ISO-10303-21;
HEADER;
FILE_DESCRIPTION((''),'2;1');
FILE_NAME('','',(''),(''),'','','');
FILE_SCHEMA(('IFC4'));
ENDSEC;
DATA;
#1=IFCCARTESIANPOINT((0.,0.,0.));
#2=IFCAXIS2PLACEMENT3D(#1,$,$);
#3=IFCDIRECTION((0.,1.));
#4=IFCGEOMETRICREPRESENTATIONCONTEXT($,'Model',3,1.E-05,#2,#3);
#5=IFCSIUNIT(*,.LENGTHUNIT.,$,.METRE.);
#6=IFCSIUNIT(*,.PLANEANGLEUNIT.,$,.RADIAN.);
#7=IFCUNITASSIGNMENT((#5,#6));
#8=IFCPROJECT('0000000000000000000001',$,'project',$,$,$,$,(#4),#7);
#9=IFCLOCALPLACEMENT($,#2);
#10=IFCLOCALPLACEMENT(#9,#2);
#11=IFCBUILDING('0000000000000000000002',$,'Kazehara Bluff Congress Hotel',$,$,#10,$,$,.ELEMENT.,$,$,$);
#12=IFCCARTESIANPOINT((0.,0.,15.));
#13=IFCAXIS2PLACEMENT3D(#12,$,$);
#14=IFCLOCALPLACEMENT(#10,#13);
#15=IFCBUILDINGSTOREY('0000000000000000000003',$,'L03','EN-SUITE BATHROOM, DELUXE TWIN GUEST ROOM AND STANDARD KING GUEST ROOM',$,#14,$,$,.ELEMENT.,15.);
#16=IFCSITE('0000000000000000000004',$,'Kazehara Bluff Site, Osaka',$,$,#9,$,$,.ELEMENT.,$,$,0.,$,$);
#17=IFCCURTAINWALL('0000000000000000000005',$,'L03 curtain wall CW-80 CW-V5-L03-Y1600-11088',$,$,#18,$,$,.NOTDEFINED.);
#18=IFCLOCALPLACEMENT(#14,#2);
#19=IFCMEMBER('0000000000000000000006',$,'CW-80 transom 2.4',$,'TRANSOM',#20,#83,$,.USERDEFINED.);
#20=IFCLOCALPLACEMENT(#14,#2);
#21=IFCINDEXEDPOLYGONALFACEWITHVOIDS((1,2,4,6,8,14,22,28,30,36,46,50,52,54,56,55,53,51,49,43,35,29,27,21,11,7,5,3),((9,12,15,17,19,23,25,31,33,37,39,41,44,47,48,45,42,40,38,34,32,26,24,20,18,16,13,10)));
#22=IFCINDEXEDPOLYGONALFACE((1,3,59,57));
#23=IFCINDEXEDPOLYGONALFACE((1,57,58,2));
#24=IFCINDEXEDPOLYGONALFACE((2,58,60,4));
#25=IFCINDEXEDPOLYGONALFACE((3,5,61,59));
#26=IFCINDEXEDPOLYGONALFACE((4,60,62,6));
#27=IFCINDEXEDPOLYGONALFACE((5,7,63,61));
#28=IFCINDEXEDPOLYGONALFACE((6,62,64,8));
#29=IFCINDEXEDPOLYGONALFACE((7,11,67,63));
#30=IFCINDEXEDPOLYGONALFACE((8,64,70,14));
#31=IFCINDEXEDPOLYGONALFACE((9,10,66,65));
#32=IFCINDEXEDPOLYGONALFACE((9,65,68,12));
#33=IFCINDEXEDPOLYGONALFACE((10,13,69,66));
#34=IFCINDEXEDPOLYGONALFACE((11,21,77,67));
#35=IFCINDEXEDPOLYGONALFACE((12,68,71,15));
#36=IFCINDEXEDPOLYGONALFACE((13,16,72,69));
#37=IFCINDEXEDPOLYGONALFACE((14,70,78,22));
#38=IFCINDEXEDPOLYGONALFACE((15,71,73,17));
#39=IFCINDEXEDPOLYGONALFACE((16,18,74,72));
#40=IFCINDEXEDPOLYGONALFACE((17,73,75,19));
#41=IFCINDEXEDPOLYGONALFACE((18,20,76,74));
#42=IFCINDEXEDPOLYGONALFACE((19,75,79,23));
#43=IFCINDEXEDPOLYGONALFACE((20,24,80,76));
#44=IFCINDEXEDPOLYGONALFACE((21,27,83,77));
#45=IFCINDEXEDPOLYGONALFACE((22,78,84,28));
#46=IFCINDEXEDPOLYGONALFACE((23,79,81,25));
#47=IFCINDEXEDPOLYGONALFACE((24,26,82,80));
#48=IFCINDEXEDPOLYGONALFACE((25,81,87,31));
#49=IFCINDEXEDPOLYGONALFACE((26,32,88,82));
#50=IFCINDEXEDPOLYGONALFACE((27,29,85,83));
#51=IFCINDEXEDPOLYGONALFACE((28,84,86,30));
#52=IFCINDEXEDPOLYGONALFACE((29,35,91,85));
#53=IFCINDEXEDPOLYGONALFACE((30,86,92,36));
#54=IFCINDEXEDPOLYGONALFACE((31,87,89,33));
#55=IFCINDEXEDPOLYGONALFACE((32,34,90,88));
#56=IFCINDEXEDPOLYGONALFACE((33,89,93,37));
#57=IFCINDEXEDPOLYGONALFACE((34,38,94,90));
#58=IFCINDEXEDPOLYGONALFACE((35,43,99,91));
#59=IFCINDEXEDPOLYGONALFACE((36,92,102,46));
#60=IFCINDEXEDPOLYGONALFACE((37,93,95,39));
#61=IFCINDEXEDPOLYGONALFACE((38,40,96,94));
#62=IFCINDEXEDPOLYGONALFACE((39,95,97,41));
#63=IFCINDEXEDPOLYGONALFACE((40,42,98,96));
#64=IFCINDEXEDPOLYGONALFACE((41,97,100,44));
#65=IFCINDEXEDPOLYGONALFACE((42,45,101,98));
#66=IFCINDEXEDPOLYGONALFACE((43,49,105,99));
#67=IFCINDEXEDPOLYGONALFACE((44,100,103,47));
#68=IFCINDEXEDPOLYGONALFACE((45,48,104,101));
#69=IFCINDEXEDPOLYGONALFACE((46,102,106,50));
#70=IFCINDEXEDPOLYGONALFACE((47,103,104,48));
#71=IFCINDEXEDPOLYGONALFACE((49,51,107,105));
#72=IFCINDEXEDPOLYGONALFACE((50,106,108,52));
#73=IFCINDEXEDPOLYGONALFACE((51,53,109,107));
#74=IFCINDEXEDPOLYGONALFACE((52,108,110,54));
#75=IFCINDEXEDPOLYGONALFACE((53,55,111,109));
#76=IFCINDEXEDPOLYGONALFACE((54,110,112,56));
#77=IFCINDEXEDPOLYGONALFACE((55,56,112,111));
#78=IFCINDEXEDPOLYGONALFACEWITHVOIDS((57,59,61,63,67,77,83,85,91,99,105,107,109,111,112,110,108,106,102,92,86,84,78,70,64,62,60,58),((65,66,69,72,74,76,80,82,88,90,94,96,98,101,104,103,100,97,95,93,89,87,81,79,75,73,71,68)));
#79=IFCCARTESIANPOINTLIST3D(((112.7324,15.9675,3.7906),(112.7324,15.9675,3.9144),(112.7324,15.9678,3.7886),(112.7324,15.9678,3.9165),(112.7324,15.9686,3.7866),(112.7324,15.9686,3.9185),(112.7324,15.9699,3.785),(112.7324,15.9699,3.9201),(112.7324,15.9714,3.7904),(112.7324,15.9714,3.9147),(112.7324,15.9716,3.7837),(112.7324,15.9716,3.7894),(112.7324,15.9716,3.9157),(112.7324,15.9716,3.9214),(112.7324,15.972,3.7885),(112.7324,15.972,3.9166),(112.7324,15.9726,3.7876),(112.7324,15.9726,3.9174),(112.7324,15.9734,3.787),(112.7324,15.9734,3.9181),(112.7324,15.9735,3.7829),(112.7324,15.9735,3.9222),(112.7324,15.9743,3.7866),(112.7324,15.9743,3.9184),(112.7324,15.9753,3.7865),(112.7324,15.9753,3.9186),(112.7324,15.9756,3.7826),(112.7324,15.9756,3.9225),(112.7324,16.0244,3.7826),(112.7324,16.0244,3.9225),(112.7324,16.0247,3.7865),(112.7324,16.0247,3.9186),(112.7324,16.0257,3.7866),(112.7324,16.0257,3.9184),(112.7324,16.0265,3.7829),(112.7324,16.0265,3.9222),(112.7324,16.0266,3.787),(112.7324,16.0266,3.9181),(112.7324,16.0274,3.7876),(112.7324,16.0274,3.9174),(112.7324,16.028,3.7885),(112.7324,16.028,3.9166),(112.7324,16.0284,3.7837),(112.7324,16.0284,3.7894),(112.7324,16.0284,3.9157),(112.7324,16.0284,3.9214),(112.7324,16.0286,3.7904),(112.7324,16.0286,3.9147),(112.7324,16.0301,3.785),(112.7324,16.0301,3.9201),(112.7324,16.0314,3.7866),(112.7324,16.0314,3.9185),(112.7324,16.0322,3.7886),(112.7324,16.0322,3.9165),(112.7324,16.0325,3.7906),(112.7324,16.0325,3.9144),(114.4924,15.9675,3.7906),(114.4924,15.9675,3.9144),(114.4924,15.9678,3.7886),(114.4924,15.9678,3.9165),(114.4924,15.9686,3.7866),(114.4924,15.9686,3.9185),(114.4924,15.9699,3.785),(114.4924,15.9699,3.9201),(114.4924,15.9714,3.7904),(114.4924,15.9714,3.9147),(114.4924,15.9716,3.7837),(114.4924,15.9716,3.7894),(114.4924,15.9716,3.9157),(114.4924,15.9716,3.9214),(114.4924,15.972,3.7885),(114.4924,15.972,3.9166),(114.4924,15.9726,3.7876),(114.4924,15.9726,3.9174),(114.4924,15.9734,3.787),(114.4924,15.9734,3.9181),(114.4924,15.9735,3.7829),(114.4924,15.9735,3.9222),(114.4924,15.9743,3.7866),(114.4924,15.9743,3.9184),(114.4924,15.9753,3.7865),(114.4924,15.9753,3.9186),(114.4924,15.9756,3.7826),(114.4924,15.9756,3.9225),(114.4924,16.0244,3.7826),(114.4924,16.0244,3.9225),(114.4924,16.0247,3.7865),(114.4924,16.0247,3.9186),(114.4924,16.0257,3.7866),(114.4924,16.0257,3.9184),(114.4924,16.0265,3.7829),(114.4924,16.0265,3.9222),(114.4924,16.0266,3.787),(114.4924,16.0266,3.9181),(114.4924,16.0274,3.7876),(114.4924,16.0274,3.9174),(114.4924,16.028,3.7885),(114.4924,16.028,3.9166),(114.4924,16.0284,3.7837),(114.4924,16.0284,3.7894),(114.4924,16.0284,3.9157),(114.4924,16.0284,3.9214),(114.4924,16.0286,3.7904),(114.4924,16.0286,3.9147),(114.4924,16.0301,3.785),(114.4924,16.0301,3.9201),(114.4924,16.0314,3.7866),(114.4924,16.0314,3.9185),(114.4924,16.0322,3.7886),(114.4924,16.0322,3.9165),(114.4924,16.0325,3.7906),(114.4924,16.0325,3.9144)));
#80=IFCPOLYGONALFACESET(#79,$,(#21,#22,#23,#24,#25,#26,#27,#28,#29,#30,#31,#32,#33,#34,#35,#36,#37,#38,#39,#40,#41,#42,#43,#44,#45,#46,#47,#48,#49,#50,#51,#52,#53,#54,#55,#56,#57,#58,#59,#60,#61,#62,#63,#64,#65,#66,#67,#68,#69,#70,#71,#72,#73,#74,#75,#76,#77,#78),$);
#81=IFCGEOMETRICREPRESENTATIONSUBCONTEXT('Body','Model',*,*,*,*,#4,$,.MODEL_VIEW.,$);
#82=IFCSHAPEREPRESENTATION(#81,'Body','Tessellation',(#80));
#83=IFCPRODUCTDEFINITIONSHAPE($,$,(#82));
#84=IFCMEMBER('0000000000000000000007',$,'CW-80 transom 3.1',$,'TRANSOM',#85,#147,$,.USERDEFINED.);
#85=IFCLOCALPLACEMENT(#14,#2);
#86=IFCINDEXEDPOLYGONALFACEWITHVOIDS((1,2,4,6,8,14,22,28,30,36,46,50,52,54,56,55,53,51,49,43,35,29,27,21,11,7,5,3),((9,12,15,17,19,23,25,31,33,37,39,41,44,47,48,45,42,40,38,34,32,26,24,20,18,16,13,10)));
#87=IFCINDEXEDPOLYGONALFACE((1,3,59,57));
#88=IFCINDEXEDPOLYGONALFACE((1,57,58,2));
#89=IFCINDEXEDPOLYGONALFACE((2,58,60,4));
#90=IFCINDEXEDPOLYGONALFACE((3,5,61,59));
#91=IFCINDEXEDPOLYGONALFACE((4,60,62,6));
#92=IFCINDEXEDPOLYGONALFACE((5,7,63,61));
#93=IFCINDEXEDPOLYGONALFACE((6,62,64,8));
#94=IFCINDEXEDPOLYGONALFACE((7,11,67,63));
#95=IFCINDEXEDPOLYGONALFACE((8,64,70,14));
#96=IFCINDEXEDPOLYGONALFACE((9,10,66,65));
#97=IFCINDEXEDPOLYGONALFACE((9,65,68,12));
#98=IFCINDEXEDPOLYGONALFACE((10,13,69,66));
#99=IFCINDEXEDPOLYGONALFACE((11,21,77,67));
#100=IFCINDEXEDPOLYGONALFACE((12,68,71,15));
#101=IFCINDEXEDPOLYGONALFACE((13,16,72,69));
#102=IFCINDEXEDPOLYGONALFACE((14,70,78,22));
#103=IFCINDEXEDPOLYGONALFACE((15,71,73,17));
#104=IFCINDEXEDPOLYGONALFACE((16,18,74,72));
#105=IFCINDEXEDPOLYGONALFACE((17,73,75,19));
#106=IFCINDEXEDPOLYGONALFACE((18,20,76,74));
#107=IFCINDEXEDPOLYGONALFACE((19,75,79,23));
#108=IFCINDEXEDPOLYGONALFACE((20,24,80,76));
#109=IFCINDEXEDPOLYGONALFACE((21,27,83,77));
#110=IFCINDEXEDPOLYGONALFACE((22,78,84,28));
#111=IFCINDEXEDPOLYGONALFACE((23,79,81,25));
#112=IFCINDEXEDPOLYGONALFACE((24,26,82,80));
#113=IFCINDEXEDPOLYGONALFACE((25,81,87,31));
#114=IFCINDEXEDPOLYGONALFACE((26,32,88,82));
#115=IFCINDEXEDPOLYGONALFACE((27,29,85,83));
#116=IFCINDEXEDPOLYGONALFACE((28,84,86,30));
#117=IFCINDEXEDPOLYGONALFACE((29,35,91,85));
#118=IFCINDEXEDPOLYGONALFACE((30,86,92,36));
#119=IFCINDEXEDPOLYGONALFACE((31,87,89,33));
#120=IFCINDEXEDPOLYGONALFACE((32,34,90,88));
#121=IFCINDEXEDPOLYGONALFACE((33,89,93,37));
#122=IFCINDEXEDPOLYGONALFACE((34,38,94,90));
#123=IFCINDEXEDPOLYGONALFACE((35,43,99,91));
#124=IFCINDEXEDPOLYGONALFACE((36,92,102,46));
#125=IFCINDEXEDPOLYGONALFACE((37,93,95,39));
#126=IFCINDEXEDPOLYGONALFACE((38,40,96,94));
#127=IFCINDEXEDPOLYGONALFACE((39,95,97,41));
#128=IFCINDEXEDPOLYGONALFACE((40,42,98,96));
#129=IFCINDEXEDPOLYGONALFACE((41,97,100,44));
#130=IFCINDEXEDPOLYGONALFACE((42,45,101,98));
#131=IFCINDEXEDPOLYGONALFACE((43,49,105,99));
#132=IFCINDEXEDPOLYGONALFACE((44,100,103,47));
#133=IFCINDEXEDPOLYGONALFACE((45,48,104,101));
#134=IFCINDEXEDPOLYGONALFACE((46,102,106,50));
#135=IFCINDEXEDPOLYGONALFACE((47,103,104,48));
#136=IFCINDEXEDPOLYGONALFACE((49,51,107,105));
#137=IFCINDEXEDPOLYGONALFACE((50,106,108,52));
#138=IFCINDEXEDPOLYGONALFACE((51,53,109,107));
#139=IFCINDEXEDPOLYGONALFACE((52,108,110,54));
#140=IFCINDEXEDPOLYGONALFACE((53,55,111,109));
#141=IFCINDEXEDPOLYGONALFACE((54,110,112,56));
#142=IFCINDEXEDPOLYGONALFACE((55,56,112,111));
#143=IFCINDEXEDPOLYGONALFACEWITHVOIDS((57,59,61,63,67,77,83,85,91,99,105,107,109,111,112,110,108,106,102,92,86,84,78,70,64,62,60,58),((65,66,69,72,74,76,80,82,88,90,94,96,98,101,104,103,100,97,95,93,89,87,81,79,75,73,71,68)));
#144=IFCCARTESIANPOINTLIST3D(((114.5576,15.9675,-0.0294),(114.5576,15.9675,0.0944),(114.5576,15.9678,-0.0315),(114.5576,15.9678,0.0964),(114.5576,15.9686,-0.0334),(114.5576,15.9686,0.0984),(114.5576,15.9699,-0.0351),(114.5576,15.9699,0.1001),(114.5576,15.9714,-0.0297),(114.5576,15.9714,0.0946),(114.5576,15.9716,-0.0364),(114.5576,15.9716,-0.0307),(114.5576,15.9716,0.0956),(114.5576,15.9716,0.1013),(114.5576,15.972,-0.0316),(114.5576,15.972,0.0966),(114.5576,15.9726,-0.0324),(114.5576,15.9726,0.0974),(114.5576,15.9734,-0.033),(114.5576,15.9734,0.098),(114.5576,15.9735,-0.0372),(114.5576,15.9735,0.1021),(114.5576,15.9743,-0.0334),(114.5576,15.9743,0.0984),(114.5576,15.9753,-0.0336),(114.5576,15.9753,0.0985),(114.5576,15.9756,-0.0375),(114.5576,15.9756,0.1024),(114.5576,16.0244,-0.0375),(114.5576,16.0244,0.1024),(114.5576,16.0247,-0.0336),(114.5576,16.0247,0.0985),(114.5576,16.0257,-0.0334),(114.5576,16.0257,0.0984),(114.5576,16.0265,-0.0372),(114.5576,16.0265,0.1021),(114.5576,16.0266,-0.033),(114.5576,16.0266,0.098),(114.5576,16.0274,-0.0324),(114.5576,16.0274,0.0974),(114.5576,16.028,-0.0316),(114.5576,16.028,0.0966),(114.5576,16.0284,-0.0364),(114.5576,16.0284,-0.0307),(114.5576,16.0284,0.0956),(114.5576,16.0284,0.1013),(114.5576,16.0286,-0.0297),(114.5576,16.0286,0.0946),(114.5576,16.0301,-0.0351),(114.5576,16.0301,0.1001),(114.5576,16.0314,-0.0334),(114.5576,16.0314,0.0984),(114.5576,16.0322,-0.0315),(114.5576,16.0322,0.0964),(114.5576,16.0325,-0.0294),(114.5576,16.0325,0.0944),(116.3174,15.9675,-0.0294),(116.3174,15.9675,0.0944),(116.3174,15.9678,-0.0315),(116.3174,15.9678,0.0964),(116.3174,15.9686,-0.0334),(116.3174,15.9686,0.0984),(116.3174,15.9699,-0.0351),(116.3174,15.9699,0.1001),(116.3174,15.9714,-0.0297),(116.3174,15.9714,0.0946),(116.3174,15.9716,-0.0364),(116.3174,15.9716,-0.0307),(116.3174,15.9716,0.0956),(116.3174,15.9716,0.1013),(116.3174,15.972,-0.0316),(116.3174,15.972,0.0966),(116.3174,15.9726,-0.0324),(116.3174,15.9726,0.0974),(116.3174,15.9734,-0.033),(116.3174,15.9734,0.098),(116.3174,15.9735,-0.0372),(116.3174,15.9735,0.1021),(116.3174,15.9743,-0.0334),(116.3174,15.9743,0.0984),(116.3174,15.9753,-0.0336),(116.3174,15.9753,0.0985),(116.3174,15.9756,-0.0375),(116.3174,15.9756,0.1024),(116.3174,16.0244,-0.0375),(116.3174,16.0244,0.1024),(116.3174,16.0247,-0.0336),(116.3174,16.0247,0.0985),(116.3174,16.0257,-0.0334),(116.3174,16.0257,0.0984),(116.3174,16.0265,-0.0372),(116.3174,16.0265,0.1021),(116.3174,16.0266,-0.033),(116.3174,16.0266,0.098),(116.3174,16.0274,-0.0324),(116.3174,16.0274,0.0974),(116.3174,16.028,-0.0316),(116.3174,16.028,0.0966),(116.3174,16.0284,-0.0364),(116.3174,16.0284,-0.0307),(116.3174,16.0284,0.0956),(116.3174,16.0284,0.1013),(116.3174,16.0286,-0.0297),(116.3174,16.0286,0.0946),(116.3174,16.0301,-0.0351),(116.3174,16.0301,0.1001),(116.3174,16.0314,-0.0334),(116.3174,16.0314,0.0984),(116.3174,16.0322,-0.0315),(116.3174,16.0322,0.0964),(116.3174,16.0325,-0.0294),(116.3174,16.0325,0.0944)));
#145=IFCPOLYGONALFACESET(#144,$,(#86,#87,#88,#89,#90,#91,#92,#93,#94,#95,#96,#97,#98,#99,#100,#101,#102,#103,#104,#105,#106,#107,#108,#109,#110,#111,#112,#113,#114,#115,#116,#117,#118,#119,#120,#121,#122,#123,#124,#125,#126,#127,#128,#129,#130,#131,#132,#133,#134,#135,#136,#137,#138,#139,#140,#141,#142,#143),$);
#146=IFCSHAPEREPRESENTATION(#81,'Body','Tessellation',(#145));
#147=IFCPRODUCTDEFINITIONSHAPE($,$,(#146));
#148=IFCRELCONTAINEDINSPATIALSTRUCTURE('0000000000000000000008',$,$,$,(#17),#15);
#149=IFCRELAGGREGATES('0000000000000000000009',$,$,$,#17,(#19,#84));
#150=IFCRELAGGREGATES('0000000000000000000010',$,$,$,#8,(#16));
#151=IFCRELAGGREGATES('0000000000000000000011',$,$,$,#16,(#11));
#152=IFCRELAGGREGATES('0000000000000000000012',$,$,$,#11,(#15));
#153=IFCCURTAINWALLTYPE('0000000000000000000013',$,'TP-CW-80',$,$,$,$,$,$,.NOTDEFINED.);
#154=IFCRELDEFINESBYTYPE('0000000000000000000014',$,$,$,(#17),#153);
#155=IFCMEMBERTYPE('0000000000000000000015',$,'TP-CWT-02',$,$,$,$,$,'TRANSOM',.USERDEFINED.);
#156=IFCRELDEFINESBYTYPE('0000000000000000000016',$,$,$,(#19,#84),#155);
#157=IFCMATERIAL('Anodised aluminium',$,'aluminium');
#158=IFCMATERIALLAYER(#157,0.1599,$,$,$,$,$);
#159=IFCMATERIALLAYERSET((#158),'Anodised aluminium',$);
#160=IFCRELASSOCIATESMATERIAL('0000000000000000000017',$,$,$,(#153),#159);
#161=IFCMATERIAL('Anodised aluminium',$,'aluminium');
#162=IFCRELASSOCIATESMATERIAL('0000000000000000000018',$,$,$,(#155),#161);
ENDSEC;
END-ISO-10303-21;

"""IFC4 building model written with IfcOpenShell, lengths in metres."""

from ifc_helpers import new_model, si_unit, direction, frame, origin, origin_2d, place, context, subcontext, project, spatial, hollow_rectangle, extrude, material, layer, layer_set, material_profile, profile_set, type_object, element, aggregate, save


model = new_model("IFC4")

# Units and contexts
model_context = context("Model", 3, precision=1e-05, world=origin(), true_north=direction((0.0, 1.0)))
body_context = subcontext(model_context, "Body", "Model", "MODEL_VIEW")
ifc_project = project(units=[si_unit("LENGTHUNIT", "METRE"), si_unit("PLANEANGLEUNIT", "RADIAN")], contexts=[model_context])

# Site, building, storey
site_placement = place(None, origin())
site = spatial("IfcSite", under=ifc_project, at=site_placement, Name="Kazehara Bluff Site, Osaka", CompositionType="ELEMENT", RefElevation=0.0)
building_placement = place(site_placement, origin())
building = spatial("IfcBuilding", under=site, at=building_placement, Name="Kazehara Bluff Congress Hotel", CompositionType="ELEMENT")
storey_placement = place(building_placement, frame((0.0, 0.0, 15.0)))
storey = spatial("IfcBuildingStorey", under=building, at=storey_placement, Name="L03", Description="EN-SUITE BATHROOM, DELUXE TWIN GUEST ROOM AND STANDARD KING GUEST ROOM", CompositionType="ELEMENT", Elevation=15.0)

# Curtain wall, members
ifc_material_1 = material(Name="Anodised aluminium", Category="aluminium")
ifc_layer_1 = layer(ifc_material_1, 0.1599)
ifc_layer_set_1 = layer_set([ifc_layer_1], Name="Anodised aluminium")
curtain_wall_type = type_object("IfcCurtainWallType", Name="TP-CW-80", PredefinedType="NOTDEFINED", material=ifc_layer_set_1)
curtain_wall_placement = place(storey_placement, origin())
curtain_wall = element("IfcCurtainWall", 1, at=curtain_wall_placement, inside=storey, type_object=curtain_wall_type, Name="L03 curtain wall CW-80 CW-V5-L03-Y1600-11088", PredefinedType="NOTDEFINED")
ifc_material_2 = material(Name="Anodised aluminium", Category="aluminium")
ifc_material_profile_1 = material_profile(ifc_material_2, hollow_rectangle(XDim=0.0649, YDim=0.1399, WallThickness=0.0039, InnerFilletRadius=0.0039, OuterFilletRadius=0.0081, at=origin_2d()))
ifc_profile_set_1 = profile_set([ifc_material_profile_1], Name="Anodised aluminium")
member_type_1 = type_object("IfcMemberType", Name="TP-CWT-02", ElementType="TRANSOM", PredefinedType="USERDEFINED", material=ifc_profile_set_1)
member_1_placement = place(storey_placement, frame((112.7324, 16.0, 3.8525), z_axis=(1.0, 0.0, 0.0), x_axis=(0.0, 1.0, 0.0)))
member_1 = element("IfcMember", 2, at=member_1_placement, type_object=member_type_1, Name="CW-80 transom 2.4", ObjectType="TRANSOM", PredefinedType="USERDEFINED", context=body_context, shape_type="SweptSolid", body=[
    extrude(hollow_rectangle(XDim=0.0649, YDim=0.1399, WallThickness=0.0039, InnerFilletRadius=0.0039, OuterFilletRadius=0.0081, at=origin_2d()), origin(), (0.0, 0.0, 1.0), 1.76),
])
member_2_placement = place(storey_placement, frame((114.5576, 16.0, 0.0325), z_axis=(1.0, 0.0, 0.0), x_axis=(0.0, 1.0, 0.0)))
member_2 = element("IfcMember", 3, at=member_2_placement, type_object=member_type_1, Name="CW-80 transom 3.1", ObjectType="TRANSOM", PredefinedType="USERDEFINED", context=body_context, shape_type="SweptSolid", body=[
    extrude(hollow_rectangle(XDim=0.0649, YDim=0.1399, WallThickness=0.0039, InnerFilletRadius=0.0039, OuterFilletRadius=0.0081, at=origin_2d()), origin(), (0.0, 0.0, 1.0), 1.7598),
])

aggregate(curtain_wall, [member_1, member_2])

save(model, "model.ifc")
